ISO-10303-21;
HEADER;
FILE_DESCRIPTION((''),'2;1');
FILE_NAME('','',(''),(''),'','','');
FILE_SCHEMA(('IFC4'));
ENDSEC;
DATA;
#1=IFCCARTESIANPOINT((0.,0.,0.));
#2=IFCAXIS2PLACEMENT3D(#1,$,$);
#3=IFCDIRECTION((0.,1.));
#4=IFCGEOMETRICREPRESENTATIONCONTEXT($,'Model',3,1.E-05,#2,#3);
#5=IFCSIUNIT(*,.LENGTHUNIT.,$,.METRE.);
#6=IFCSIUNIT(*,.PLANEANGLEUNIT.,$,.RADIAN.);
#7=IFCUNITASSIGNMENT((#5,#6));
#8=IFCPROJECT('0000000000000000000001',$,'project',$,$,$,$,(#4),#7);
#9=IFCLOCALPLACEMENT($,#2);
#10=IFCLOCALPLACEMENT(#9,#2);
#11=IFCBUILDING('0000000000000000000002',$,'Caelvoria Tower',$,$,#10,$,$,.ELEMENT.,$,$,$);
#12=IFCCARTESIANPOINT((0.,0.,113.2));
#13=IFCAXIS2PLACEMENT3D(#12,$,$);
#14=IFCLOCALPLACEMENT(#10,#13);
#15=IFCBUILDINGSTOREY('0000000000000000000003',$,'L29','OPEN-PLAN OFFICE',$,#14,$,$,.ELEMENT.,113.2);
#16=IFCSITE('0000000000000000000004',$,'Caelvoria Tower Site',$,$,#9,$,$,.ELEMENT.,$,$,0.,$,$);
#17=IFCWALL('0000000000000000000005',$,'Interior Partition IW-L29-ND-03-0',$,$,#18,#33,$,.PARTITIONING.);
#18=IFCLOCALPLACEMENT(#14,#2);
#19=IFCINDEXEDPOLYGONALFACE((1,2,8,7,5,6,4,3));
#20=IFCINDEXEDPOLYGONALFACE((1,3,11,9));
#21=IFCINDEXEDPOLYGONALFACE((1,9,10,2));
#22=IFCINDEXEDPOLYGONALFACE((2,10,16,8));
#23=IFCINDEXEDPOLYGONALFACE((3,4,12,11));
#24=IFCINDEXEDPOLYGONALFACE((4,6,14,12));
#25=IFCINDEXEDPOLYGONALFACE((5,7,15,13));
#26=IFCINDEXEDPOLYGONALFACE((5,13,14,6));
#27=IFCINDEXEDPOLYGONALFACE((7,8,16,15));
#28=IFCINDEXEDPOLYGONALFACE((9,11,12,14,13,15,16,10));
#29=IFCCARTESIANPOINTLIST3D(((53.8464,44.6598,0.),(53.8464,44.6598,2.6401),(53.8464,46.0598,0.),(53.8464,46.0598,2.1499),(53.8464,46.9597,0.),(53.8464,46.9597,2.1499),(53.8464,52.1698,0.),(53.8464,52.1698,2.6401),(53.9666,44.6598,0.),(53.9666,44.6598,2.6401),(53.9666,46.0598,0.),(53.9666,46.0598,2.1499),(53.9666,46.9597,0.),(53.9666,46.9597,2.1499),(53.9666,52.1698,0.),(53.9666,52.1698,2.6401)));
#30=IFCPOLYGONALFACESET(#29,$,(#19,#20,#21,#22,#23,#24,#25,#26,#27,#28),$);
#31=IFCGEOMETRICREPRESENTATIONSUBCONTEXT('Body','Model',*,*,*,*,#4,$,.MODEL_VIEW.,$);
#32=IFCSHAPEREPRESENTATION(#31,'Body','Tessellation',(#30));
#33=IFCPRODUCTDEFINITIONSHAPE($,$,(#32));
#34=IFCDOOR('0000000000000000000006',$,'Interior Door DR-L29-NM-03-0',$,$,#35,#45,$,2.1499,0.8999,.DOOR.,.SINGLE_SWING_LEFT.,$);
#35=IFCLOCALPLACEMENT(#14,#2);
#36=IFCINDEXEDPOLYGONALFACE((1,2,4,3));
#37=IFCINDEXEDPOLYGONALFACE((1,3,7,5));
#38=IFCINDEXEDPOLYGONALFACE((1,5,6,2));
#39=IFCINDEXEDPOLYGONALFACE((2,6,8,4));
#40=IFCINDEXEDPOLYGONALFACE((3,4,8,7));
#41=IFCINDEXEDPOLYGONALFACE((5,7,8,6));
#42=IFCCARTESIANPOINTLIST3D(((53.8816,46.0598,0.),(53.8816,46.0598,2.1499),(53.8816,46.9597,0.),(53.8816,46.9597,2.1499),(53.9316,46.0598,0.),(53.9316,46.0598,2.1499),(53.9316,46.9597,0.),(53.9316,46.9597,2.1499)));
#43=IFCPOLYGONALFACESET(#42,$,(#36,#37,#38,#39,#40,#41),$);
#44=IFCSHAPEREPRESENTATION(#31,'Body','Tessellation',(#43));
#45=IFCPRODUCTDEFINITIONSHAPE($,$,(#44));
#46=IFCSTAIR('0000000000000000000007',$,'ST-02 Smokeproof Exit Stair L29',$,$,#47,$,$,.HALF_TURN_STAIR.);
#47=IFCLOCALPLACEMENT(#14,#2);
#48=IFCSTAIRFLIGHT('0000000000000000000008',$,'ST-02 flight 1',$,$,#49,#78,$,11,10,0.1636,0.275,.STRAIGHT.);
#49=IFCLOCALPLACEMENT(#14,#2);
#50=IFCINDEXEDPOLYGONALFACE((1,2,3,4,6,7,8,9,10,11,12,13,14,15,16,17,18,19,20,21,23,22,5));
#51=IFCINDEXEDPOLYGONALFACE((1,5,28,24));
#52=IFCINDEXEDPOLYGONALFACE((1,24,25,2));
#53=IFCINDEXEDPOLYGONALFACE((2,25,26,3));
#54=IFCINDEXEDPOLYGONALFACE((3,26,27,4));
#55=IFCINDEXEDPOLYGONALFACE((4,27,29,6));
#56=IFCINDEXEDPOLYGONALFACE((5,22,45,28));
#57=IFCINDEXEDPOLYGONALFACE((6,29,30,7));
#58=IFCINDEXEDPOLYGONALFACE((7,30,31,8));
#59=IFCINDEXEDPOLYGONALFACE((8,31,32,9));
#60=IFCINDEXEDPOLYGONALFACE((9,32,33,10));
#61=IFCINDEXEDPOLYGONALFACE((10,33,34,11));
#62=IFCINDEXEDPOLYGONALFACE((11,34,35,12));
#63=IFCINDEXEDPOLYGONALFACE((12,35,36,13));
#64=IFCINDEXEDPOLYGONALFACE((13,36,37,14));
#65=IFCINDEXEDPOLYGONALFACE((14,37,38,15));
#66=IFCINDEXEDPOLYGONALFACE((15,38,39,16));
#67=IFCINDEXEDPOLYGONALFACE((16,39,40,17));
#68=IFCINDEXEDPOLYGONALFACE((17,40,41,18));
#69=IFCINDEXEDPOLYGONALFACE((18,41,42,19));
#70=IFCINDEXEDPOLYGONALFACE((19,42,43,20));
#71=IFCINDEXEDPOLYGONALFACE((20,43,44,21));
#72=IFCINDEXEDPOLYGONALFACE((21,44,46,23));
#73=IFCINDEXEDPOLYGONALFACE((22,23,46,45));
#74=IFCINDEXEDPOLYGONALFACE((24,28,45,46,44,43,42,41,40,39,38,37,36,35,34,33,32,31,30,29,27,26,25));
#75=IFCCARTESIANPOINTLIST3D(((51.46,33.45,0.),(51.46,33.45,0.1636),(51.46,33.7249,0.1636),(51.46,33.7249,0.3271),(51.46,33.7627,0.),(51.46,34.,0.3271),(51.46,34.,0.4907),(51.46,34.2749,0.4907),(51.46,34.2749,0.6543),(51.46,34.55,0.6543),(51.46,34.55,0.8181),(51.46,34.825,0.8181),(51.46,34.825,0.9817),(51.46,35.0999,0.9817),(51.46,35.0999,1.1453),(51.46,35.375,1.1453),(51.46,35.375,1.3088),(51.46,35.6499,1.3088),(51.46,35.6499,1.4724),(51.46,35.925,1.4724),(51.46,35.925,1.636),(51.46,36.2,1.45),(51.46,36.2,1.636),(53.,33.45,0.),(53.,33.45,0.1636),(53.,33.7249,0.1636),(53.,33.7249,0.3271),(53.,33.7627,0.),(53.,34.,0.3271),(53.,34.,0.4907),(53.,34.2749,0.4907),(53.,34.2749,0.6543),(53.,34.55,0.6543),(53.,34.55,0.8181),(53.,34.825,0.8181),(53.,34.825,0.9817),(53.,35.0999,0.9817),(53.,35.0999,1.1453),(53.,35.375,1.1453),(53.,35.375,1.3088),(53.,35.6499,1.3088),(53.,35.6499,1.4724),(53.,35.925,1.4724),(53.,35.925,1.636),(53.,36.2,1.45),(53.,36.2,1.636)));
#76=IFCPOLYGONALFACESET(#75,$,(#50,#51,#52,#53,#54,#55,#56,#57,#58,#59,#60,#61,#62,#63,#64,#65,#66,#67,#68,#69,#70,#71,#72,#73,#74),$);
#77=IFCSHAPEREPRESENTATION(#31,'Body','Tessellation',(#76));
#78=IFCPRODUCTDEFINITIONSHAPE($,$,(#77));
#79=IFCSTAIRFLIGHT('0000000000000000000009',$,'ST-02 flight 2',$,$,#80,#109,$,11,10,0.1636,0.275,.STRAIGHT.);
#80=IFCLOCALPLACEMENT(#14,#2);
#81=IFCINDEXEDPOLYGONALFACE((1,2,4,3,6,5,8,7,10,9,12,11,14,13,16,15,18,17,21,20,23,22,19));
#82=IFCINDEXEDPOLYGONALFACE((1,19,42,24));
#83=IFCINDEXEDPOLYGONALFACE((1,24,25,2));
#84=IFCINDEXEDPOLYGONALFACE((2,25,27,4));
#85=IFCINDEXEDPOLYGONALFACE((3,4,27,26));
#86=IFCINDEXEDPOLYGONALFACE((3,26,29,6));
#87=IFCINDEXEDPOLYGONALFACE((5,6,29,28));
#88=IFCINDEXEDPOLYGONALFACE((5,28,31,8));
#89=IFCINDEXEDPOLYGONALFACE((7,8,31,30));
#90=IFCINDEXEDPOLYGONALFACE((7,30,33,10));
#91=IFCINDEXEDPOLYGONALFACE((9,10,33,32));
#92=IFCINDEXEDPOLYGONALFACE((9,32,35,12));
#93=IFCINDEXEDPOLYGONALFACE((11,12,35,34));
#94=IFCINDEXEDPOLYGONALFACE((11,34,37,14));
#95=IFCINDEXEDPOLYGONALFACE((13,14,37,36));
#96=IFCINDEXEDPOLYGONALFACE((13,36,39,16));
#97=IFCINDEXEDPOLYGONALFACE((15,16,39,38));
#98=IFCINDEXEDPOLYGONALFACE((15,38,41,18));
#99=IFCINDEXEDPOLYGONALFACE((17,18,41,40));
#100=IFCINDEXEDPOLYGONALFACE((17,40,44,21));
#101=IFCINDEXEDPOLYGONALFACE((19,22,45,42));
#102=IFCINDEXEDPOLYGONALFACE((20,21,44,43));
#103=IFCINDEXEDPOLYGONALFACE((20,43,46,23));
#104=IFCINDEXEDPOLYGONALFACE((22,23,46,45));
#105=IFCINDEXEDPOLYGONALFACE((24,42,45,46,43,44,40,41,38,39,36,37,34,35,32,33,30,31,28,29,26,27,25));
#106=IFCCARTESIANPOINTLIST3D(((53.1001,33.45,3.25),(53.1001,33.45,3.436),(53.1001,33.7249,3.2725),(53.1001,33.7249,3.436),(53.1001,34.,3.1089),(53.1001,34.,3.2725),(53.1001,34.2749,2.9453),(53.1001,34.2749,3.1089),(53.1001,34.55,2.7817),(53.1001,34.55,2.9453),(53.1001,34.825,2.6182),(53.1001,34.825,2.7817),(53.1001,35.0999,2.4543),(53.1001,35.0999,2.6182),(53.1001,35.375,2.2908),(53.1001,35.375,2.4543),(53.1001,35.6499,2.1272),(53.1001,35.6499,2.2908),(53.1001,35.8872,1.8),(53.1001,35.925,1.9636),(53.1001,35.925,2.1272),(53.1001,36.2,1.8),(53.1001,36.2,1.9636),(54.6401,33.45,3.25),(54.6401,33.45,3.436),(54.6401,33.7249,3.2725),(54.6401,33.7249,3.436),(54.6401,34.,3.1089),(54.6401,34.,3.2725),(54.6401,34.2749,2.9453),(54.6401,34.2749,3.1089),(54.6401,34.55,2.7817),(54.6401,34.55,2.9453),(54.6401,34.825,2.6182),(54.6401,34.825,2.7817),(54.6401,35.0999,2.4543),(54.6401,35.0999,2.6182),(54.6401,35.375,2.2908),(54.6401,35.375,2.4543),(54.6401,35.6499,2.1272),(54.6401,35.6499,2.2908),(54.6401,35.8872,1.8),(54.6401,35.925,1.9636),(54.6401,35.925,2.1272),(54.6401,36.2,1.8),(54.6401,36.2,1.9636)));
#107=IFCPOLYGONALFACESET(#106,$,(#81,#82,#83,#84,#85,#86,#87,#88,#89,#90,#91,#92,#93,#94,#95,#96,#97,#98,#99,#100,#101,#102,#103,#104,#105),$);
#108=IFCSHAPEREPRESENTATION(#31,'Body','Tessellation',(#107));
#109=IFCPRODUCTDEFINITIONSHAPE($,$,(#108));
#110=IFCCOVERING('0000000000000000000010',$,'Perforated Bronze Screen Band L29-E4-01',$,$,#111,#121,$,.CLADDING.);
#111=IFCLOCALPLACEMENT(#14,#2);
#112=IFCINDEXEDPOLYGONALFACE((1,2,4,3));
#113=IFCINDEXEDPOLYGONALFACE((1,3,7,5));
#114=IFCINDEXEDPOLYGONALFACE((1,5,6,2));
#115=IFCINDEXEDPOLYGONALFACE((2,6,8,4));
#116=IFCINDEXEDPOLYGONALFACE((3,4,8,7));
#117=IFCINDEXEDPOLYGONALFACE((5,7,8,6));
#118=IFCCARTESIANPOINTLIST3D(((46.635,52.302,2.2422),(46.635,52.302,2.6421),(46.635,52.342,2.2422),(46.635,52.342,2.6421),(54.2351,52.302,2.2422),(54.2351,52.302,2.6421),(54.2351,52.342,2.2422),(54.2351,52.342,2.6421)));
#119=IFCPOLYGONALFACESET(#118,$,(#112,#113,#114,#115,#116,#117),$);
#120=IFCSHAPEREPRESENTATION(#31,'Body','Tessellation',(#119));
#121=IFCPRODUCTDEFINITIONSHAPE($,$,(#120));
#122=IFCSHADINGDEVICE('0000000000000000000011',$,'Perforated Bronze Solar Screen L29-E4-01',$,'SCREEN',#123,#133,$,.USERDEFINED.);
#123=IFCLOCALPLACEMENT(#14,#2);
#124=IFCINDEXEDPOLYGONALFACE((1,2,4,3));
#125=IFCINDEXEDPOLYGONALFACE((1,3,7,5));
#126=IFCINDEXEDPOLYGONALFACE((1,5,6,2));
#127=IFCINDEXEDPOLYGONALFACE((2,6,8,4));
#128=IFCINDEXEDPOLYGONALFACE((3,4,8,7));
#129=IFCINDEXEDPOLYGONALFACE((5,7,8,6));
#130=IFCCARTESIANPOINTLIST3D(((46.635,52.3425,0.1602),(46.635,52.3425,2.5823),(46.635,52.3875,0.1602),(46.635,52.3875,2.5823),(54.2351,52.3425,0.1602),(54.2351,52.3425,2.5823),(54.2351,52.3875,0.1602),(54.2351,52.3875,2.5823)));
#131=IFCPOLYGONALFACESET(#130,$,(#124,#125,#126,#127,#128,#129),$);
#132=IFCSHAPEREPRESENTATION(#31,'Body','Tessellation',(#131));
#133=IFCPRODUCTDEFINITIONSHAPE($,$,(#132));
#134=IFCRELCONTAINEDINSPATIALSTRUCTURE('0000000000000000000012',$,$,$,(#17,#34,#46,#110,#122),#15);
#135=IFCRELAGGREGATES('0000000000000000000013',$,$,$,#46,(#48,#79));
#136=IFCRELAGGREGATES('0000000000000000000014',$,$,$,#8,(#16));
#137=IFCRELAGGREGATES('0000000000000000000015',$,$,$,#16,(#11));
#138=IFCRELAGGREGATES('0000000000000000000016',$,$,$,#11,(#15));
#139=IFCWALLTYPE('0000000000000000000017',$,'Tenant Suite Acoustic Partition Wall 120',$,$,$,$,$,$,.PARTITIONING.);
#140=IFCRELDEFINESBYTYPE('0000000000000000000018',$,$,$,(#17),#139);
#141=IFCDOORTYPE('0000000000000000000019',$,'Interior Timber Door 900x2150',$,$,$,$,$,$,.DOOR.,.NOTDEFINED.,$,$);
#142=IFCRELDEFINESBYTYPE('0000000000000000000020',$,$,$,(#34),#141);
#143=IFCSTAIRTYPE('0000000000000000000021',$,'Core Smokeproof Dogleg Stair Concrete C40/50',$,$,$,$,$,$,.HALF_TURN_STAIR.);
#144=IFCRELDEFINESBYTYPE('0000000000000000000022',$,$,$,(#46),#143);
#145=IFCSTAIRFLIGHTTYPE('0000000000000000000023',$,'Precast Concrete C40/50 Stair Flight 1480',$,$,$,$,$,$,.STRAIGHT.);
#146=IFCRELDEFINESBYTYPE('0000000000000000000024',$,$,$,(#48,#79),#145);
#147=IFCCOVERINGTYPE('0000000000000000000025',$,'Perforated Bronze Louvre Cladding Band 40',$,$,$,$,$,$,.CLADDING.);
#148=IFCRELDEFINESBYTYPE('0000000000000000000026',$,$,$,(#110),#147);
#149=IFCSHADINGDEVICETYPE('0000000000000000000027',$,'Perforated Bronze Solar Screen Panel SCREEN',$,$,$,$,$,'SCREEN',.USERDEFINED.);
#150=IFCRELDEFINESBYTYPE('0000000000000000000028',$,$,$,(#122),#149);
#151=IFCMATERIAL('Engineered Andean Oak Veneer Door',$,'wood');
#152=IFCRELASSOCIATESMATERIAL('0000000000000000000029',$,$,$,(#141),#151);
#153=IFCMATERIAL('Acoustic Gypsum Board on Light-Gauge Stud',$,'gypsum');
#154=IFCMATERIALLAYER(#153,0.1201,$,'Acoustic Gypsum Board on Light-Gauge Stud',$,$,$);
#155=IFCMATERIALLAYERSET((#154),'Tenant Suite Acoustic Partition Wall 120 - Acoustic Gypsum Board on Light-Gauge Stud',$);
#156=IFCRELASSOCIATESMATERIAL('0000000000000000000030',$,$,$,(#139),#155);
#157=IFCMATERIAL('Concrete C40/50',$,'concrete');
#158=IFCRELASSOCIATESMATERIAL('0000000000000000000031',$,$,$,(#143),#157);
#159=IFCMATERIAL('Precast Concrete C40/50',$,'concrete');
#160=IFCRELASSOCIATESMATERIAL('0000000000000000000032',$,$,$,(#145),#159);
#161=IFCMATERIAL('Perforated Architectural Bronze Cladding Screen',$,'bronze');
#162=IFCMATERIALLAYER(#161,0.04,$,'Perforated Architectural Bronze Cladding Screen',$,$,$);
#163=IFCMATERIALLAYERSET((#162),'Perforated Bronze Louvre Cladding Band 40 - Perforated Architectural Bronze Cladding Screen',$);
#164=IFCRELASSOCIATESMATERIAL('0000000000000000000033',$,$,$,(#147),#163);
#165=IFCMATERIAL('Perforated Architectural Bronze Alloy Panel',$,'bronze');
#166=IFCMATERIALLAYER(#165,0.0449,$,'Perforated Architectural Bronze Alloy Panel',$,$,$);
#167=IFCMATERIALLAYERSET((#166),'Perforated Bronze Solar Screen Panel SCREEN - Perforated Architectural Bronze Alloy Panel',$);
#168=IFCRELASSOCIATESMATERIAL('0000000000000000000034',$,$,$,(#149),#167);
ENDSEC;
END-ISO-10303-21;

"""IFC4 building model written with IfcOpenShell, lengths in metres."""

from ifc_helpers import new_model, si_unit, direction, frame, frame_2d, origin, origin_2d, place, context, subcontext, project, spatial, polyline, rectangle, outline, extrude, material, layer, layer_set, type_object, element, fill, aggregate, save


model = new_model("IFC4")

# Units and contexts
model_context = context("Model", 3, precision=1e-05, world=origin(), true_north=direction((0.0, 1.0)))
body_context = subcontext(model_context, "Body", "Model", "MODEL_VIEW")
ifc_project = project(units=[si_unit("LENGTHUNIT", "METRE"), si_unit("PLANEANGLEUNIT", "RADIAN")], contexts=[model_context])

# Site, building, storey
site_placement = place(None, origin())
site = spatial("IfcSite", under=ifc_project, at=site_placement, Name="Caelvoria Tower Site", CompositionType="ELEMENT", RefElevation=0.0)
building_placement = place(site_placement, origin())
building = spatial("IfcBuilding", under=site, at=building_placement, Name="Caelvoria Tower", CompositionType="ELEMENT")
storey_placement = place(building_placement, frame((0.0, 0.0, 113.2)))
storey = spatial("IfcBuildingStorey", under=building, at=storey_placement, Name="L29", Description="OPEN-PLAN OFFICE", CompositionType="ELEMENT", Elevation=113.2)

# Shared definitions
ifc_material_1 = material(Name="Engineered Andean Oak Veneer Door", Category="wood")

# Shared definitions
door_type_1 = type_object("IfcDoorType", Name="Interior Timber Door 900x2150", OperationType="NOTDEFINED", PredefinedType="DOOR", material=ifc_material_1)

# Wall, opening, door
ifc_material_2 = material(Name="Acoustic Gypsum Board on Light-Gauge Stud", Category="gypsum")
ifc_layer_1 = layer(ifc_material_2, 0.1201, Name="Acoustic Gypsum Board on Light-Gauge Stud")
ifc_layer_set_1 = layer_set([ifc_layer_1], Name="Tenant Suite Acoustic Partition Wall 120 - Acoustic Gypsum Board on Light-Gauge Stud")
wall_type_1 = type_object("IfcWallType", Name="Tenant Suite Acoustic Partition Wall 120", PredefinedType="PARTITIONING", material=ifc_layer_set_1)
wall_1_placement = place(storey_placement, frame((53.9065, 44.6599, 0.0), z_axis=(0.0, 0.0, 1.0), x_axis=(0.0, 1.0, 0.0)))
wall_1 = element("IfcWall", 1, at=wall_1_placement, inside=storey, type_object=wall_type_1, Name="Interior Partition IW-L29-ND-03-0", PredefinedType="PARTITIONING", context=body_context, shape_type="SweptSolid", body=[
    extrude(rectangle(XDim=7.51, YDim=0.1201, at=frame_2d((3.7549, 0.0))), origin(), (0.0, 0.0, 1.0), 2.6401),
])
opening_1_placement = place(wall_1_placement, frame((1.3999, 0.0, 0.0)))
opening_1 = element("IfcOpeningElement", 2, at=opening_1_placement, cuts=wall_1, PredefinedType="OPENING", context=body_context, shape_type="SweptSolid", body=[
    extrude(rectangle(XDim=0.8999, YDim=2.1499, at=frame_2d((0.45, 1.075))), frame((0.0, 0.0701, 0.0), z_axis=(0.0, -1.0, 0.0), x_axis=(1.0, 0.0, 0.0)), (0.0, 0.0, 1.0), 0.1401),
])
door_1_placement = place(opening_1_placement, origin())
door_1 = element("IfcDoor", 3, at=door_1_placement, inside=storey, type_object=door_type_1, Name="Interior Door DR-L29-NM-03-0", OperationType="SINGLE_SWING_LEFT", OverallHeight=2.1499, OverallWidth=0.8999, PredefinedType="DOOR", context=body_context, shape_type="SweptSolid", body=[
    extrude(rectangle(XDim=0.8999, YDim=2.1499, at=frame_2d((0.45, 1.075))), frame((0.0, 0.0249, 0.0), z_axis=(0.0, -1.0, 0.0), x_axis=(1.0, 0.0, 0.0)), (0.0, 0.0, 1.0), 0.05),
])
fill(opening_1, door_1)

# Stair, stair flights
ifc_material_3 = material(Name="Concrete C40/50", Category="concrete")
stair_type = type_object("IfcStairType", Name="Core Smokeproof Dogleg Stair Concrete C40/50", PredefinedType="HALF_TURN_STAIR", material=ifc_material_3)
stair_placement = place(storey_placement, origin())
stair = element("IfcStair", 4, at=stair_placement, inside=storey, type_object=stair_type, Name="ST-02 Smokeproof Exit Stair L29", PredefinedType="HALF_TURN_STAIR")
ifc_material_4 = material(Name="Precast Concrete C40/50", Category="concrete")
stair_flight_type = type_object("IfcStairFlightType", Name="Precast Concrete C40/50 Stair Flight 1480", PredefinedType="STRAIGHT", material=ifc_material_4)
stair_flight_1_placement = place(storey_placement, frame((52.23, 33.45, 0.0), z_axis=(0.0, 0.0, 1.0), x_axis=(0.0, 1.0, 0.0)))
stair_flight_1 = element("IfcStairFlight", 5, at=stair_flight_1_placement, type_object=stair_flight_type, Name="ST-02 flight 1", NumberOfRisers=11, NumberOfTreads=10, PredefinedType="STRAIGHT", RiserHeight=0.1636, TreadLength=0.275, context=body_context, shape_type="SweptSolid", body=[
    extrude(outline(polyline([(0.0, 0.0), (0.0, 0.1636), (0.2749, 0.1636), (0.2749, 0.3271), (0.55, 0.3271), (0.55, 0.4907), (0.825, 0.4907), (0.825, 0.6543), (1.1001, 0.6543), (1.1001, 0.8181), (1.375, 0.8181), (1.375, 0.9817), (1.6499, 0.9817), (1.6499, 1.1453), (1.925, 1.1453), (1.925, 1.3088), (2.2, 1.3088), (2.2, 1.4724), (2.4751, 1.4724), (2.4751, 1.636), (2.75, 1.636), (2.75, 1.7996), (2.75, 1.45), (0.3127, 0.0), (0.0, 0.0)])), frame((0.0, 0.77, 0.0), z_axis=(0.0, -1.0, 0.0), x_axis=(1.0, 0.0, 0.0)), (0.0, 0.0, 1.0), 1.54),
])
stair_flight_2_placement = place(storey_placement, frame((53.8701, 36.2, 1.8), z_axis=(0.0, 0.0, 1.0), x_axis=(0.0, -1.0, 0.0)))
stair_flight_2 = element("IfcStairFlight", 6, at=stair_flight_2_placement, type_object=stair_flight_type, Name="ST-02 flight 2", NumberOfRisers=11, NumberOfTreads=10, PredefinedType="STRAIGHT", RiserHeight=0.1636, TreadLength=0.275, context=body_context, shape_type="SweptSolid", body=[
    extrude(outline(polyline([(0.0, 0.0), (0.0, 0.1636), (0.2749, 0.1636), (0.2749, 0.3271), (0.55, 0.3271), (0.55, 0.4907), (0.825, 0.4907), (0.825, 0.6543), (1.1001, 0.6543), (1.1001, 0.8181), (1.375, 0.8181), (1.375, 0.9817), (1.6499, 0.9817), (1.6499, 1.1453), (1.925, 1.1453), (1.925, 1.3088), (2.2, 1.3088), (2.2, 1.4724), (2.4751, 1.4724), (2.4751, 1.636), (2.75, 1.636), (2.75, 1.7996), (2.75, 1.45), (0.3127, 0.0), (0.0, 0.0)])), frame((0.0, 0.77, 0.0), z_axis=(0.0, -1.0, 0.0), x_axis=(1.0, 0.0, 0.0)), (0.0, 0.0, 1.0), 1.54),
])
aggregate(stair, [stair_flight_1, stair_flight_2])

# Covering
ifc_material_5 = material(Name="Perforated Architectural Bronze Cladding Screen", Category="bronze")
ifc_layer_2 = layer(ifc_material_5, 0.04, Name="Perforated Architectural Bronze Cladding Screen")
ifc_layer_set_2 = layer_set([ifc_layer_2], Name="Perforated Bronze Louvre Cladding Band 40 - Perforated Architectural Bronze Cladding Screen")
covering_type = type_object("IfcCoveringType", Name="Perforated Bronze Louvre Cladding Band 40", PredefinedType="CLADDING", material=ifc_layer_set_2)
covering_placement = place(storey_placement, frame((50.4351, 52.322, 2.2422), z_axis=(0.0, 0.0, 1.0), x_axis=(-1.0, 0.0, 0.0)))
element("IfcCovering", 7, at=covering_placement, inside=storey, type_object=covering_type, Name="Perforated Bronze Screen Band L29-E4-01", PredefinedType="CLADDING", context=body_context, shape_type="SweptSolid", body=[
    extrude(rectangle(XDim=7.6001, YDim=0.04, at=origin_2d()), origin(), (0.0, 0.0, 1.0), 0.3999),
])

# Shading device
ifc_material_6 = material(Name="Perforated Architectural Bronze Alloy Panel", Category="bronze")
ifc_layer_3 = layer(ifc_material_6, 0.0449, Name="Perforated Architectural Bronze Alloy Panel")
ifc_layer_set_3 = layer_set([ifc_layer_3], Name="Perforated Bronze Solar Screen Panel SCREEN - Perforated Architectural Bronze Alloy Panel")
shading_device_type = type_object("IfcShadingDeviceType", Name="Perforated Bronze Solar Screen Panel SCREEN", ElementType="SCREEN", PredefinedType="USERDEFINED", material=ifc_layer_set_3)
shading_device_placement = place(storey_placement, frame((50.4351, 52.365, 0.1602), z_axis=(0.0, 0.0, 1.0), x_axis=(-1.0, 0.0, 0.0)))
element("IfcShadingDevice", 8, at=shading_device_placement, inside=storey, type_object=shading_device_type, Name="Perforated Bronze Solar Screen L29-E4-01", ObjectType="SCREEN", PredefinedType="USERDEFINED", context=body_context, shape_type="SweptSolid", body=[
    extrude(rectangle(XDim=7.6001, YDim=0.0449, at=origin_2d()), origin(), (0.0, 0.0, 1.0), 2.4221),
])

save(model, "model.ifc")
